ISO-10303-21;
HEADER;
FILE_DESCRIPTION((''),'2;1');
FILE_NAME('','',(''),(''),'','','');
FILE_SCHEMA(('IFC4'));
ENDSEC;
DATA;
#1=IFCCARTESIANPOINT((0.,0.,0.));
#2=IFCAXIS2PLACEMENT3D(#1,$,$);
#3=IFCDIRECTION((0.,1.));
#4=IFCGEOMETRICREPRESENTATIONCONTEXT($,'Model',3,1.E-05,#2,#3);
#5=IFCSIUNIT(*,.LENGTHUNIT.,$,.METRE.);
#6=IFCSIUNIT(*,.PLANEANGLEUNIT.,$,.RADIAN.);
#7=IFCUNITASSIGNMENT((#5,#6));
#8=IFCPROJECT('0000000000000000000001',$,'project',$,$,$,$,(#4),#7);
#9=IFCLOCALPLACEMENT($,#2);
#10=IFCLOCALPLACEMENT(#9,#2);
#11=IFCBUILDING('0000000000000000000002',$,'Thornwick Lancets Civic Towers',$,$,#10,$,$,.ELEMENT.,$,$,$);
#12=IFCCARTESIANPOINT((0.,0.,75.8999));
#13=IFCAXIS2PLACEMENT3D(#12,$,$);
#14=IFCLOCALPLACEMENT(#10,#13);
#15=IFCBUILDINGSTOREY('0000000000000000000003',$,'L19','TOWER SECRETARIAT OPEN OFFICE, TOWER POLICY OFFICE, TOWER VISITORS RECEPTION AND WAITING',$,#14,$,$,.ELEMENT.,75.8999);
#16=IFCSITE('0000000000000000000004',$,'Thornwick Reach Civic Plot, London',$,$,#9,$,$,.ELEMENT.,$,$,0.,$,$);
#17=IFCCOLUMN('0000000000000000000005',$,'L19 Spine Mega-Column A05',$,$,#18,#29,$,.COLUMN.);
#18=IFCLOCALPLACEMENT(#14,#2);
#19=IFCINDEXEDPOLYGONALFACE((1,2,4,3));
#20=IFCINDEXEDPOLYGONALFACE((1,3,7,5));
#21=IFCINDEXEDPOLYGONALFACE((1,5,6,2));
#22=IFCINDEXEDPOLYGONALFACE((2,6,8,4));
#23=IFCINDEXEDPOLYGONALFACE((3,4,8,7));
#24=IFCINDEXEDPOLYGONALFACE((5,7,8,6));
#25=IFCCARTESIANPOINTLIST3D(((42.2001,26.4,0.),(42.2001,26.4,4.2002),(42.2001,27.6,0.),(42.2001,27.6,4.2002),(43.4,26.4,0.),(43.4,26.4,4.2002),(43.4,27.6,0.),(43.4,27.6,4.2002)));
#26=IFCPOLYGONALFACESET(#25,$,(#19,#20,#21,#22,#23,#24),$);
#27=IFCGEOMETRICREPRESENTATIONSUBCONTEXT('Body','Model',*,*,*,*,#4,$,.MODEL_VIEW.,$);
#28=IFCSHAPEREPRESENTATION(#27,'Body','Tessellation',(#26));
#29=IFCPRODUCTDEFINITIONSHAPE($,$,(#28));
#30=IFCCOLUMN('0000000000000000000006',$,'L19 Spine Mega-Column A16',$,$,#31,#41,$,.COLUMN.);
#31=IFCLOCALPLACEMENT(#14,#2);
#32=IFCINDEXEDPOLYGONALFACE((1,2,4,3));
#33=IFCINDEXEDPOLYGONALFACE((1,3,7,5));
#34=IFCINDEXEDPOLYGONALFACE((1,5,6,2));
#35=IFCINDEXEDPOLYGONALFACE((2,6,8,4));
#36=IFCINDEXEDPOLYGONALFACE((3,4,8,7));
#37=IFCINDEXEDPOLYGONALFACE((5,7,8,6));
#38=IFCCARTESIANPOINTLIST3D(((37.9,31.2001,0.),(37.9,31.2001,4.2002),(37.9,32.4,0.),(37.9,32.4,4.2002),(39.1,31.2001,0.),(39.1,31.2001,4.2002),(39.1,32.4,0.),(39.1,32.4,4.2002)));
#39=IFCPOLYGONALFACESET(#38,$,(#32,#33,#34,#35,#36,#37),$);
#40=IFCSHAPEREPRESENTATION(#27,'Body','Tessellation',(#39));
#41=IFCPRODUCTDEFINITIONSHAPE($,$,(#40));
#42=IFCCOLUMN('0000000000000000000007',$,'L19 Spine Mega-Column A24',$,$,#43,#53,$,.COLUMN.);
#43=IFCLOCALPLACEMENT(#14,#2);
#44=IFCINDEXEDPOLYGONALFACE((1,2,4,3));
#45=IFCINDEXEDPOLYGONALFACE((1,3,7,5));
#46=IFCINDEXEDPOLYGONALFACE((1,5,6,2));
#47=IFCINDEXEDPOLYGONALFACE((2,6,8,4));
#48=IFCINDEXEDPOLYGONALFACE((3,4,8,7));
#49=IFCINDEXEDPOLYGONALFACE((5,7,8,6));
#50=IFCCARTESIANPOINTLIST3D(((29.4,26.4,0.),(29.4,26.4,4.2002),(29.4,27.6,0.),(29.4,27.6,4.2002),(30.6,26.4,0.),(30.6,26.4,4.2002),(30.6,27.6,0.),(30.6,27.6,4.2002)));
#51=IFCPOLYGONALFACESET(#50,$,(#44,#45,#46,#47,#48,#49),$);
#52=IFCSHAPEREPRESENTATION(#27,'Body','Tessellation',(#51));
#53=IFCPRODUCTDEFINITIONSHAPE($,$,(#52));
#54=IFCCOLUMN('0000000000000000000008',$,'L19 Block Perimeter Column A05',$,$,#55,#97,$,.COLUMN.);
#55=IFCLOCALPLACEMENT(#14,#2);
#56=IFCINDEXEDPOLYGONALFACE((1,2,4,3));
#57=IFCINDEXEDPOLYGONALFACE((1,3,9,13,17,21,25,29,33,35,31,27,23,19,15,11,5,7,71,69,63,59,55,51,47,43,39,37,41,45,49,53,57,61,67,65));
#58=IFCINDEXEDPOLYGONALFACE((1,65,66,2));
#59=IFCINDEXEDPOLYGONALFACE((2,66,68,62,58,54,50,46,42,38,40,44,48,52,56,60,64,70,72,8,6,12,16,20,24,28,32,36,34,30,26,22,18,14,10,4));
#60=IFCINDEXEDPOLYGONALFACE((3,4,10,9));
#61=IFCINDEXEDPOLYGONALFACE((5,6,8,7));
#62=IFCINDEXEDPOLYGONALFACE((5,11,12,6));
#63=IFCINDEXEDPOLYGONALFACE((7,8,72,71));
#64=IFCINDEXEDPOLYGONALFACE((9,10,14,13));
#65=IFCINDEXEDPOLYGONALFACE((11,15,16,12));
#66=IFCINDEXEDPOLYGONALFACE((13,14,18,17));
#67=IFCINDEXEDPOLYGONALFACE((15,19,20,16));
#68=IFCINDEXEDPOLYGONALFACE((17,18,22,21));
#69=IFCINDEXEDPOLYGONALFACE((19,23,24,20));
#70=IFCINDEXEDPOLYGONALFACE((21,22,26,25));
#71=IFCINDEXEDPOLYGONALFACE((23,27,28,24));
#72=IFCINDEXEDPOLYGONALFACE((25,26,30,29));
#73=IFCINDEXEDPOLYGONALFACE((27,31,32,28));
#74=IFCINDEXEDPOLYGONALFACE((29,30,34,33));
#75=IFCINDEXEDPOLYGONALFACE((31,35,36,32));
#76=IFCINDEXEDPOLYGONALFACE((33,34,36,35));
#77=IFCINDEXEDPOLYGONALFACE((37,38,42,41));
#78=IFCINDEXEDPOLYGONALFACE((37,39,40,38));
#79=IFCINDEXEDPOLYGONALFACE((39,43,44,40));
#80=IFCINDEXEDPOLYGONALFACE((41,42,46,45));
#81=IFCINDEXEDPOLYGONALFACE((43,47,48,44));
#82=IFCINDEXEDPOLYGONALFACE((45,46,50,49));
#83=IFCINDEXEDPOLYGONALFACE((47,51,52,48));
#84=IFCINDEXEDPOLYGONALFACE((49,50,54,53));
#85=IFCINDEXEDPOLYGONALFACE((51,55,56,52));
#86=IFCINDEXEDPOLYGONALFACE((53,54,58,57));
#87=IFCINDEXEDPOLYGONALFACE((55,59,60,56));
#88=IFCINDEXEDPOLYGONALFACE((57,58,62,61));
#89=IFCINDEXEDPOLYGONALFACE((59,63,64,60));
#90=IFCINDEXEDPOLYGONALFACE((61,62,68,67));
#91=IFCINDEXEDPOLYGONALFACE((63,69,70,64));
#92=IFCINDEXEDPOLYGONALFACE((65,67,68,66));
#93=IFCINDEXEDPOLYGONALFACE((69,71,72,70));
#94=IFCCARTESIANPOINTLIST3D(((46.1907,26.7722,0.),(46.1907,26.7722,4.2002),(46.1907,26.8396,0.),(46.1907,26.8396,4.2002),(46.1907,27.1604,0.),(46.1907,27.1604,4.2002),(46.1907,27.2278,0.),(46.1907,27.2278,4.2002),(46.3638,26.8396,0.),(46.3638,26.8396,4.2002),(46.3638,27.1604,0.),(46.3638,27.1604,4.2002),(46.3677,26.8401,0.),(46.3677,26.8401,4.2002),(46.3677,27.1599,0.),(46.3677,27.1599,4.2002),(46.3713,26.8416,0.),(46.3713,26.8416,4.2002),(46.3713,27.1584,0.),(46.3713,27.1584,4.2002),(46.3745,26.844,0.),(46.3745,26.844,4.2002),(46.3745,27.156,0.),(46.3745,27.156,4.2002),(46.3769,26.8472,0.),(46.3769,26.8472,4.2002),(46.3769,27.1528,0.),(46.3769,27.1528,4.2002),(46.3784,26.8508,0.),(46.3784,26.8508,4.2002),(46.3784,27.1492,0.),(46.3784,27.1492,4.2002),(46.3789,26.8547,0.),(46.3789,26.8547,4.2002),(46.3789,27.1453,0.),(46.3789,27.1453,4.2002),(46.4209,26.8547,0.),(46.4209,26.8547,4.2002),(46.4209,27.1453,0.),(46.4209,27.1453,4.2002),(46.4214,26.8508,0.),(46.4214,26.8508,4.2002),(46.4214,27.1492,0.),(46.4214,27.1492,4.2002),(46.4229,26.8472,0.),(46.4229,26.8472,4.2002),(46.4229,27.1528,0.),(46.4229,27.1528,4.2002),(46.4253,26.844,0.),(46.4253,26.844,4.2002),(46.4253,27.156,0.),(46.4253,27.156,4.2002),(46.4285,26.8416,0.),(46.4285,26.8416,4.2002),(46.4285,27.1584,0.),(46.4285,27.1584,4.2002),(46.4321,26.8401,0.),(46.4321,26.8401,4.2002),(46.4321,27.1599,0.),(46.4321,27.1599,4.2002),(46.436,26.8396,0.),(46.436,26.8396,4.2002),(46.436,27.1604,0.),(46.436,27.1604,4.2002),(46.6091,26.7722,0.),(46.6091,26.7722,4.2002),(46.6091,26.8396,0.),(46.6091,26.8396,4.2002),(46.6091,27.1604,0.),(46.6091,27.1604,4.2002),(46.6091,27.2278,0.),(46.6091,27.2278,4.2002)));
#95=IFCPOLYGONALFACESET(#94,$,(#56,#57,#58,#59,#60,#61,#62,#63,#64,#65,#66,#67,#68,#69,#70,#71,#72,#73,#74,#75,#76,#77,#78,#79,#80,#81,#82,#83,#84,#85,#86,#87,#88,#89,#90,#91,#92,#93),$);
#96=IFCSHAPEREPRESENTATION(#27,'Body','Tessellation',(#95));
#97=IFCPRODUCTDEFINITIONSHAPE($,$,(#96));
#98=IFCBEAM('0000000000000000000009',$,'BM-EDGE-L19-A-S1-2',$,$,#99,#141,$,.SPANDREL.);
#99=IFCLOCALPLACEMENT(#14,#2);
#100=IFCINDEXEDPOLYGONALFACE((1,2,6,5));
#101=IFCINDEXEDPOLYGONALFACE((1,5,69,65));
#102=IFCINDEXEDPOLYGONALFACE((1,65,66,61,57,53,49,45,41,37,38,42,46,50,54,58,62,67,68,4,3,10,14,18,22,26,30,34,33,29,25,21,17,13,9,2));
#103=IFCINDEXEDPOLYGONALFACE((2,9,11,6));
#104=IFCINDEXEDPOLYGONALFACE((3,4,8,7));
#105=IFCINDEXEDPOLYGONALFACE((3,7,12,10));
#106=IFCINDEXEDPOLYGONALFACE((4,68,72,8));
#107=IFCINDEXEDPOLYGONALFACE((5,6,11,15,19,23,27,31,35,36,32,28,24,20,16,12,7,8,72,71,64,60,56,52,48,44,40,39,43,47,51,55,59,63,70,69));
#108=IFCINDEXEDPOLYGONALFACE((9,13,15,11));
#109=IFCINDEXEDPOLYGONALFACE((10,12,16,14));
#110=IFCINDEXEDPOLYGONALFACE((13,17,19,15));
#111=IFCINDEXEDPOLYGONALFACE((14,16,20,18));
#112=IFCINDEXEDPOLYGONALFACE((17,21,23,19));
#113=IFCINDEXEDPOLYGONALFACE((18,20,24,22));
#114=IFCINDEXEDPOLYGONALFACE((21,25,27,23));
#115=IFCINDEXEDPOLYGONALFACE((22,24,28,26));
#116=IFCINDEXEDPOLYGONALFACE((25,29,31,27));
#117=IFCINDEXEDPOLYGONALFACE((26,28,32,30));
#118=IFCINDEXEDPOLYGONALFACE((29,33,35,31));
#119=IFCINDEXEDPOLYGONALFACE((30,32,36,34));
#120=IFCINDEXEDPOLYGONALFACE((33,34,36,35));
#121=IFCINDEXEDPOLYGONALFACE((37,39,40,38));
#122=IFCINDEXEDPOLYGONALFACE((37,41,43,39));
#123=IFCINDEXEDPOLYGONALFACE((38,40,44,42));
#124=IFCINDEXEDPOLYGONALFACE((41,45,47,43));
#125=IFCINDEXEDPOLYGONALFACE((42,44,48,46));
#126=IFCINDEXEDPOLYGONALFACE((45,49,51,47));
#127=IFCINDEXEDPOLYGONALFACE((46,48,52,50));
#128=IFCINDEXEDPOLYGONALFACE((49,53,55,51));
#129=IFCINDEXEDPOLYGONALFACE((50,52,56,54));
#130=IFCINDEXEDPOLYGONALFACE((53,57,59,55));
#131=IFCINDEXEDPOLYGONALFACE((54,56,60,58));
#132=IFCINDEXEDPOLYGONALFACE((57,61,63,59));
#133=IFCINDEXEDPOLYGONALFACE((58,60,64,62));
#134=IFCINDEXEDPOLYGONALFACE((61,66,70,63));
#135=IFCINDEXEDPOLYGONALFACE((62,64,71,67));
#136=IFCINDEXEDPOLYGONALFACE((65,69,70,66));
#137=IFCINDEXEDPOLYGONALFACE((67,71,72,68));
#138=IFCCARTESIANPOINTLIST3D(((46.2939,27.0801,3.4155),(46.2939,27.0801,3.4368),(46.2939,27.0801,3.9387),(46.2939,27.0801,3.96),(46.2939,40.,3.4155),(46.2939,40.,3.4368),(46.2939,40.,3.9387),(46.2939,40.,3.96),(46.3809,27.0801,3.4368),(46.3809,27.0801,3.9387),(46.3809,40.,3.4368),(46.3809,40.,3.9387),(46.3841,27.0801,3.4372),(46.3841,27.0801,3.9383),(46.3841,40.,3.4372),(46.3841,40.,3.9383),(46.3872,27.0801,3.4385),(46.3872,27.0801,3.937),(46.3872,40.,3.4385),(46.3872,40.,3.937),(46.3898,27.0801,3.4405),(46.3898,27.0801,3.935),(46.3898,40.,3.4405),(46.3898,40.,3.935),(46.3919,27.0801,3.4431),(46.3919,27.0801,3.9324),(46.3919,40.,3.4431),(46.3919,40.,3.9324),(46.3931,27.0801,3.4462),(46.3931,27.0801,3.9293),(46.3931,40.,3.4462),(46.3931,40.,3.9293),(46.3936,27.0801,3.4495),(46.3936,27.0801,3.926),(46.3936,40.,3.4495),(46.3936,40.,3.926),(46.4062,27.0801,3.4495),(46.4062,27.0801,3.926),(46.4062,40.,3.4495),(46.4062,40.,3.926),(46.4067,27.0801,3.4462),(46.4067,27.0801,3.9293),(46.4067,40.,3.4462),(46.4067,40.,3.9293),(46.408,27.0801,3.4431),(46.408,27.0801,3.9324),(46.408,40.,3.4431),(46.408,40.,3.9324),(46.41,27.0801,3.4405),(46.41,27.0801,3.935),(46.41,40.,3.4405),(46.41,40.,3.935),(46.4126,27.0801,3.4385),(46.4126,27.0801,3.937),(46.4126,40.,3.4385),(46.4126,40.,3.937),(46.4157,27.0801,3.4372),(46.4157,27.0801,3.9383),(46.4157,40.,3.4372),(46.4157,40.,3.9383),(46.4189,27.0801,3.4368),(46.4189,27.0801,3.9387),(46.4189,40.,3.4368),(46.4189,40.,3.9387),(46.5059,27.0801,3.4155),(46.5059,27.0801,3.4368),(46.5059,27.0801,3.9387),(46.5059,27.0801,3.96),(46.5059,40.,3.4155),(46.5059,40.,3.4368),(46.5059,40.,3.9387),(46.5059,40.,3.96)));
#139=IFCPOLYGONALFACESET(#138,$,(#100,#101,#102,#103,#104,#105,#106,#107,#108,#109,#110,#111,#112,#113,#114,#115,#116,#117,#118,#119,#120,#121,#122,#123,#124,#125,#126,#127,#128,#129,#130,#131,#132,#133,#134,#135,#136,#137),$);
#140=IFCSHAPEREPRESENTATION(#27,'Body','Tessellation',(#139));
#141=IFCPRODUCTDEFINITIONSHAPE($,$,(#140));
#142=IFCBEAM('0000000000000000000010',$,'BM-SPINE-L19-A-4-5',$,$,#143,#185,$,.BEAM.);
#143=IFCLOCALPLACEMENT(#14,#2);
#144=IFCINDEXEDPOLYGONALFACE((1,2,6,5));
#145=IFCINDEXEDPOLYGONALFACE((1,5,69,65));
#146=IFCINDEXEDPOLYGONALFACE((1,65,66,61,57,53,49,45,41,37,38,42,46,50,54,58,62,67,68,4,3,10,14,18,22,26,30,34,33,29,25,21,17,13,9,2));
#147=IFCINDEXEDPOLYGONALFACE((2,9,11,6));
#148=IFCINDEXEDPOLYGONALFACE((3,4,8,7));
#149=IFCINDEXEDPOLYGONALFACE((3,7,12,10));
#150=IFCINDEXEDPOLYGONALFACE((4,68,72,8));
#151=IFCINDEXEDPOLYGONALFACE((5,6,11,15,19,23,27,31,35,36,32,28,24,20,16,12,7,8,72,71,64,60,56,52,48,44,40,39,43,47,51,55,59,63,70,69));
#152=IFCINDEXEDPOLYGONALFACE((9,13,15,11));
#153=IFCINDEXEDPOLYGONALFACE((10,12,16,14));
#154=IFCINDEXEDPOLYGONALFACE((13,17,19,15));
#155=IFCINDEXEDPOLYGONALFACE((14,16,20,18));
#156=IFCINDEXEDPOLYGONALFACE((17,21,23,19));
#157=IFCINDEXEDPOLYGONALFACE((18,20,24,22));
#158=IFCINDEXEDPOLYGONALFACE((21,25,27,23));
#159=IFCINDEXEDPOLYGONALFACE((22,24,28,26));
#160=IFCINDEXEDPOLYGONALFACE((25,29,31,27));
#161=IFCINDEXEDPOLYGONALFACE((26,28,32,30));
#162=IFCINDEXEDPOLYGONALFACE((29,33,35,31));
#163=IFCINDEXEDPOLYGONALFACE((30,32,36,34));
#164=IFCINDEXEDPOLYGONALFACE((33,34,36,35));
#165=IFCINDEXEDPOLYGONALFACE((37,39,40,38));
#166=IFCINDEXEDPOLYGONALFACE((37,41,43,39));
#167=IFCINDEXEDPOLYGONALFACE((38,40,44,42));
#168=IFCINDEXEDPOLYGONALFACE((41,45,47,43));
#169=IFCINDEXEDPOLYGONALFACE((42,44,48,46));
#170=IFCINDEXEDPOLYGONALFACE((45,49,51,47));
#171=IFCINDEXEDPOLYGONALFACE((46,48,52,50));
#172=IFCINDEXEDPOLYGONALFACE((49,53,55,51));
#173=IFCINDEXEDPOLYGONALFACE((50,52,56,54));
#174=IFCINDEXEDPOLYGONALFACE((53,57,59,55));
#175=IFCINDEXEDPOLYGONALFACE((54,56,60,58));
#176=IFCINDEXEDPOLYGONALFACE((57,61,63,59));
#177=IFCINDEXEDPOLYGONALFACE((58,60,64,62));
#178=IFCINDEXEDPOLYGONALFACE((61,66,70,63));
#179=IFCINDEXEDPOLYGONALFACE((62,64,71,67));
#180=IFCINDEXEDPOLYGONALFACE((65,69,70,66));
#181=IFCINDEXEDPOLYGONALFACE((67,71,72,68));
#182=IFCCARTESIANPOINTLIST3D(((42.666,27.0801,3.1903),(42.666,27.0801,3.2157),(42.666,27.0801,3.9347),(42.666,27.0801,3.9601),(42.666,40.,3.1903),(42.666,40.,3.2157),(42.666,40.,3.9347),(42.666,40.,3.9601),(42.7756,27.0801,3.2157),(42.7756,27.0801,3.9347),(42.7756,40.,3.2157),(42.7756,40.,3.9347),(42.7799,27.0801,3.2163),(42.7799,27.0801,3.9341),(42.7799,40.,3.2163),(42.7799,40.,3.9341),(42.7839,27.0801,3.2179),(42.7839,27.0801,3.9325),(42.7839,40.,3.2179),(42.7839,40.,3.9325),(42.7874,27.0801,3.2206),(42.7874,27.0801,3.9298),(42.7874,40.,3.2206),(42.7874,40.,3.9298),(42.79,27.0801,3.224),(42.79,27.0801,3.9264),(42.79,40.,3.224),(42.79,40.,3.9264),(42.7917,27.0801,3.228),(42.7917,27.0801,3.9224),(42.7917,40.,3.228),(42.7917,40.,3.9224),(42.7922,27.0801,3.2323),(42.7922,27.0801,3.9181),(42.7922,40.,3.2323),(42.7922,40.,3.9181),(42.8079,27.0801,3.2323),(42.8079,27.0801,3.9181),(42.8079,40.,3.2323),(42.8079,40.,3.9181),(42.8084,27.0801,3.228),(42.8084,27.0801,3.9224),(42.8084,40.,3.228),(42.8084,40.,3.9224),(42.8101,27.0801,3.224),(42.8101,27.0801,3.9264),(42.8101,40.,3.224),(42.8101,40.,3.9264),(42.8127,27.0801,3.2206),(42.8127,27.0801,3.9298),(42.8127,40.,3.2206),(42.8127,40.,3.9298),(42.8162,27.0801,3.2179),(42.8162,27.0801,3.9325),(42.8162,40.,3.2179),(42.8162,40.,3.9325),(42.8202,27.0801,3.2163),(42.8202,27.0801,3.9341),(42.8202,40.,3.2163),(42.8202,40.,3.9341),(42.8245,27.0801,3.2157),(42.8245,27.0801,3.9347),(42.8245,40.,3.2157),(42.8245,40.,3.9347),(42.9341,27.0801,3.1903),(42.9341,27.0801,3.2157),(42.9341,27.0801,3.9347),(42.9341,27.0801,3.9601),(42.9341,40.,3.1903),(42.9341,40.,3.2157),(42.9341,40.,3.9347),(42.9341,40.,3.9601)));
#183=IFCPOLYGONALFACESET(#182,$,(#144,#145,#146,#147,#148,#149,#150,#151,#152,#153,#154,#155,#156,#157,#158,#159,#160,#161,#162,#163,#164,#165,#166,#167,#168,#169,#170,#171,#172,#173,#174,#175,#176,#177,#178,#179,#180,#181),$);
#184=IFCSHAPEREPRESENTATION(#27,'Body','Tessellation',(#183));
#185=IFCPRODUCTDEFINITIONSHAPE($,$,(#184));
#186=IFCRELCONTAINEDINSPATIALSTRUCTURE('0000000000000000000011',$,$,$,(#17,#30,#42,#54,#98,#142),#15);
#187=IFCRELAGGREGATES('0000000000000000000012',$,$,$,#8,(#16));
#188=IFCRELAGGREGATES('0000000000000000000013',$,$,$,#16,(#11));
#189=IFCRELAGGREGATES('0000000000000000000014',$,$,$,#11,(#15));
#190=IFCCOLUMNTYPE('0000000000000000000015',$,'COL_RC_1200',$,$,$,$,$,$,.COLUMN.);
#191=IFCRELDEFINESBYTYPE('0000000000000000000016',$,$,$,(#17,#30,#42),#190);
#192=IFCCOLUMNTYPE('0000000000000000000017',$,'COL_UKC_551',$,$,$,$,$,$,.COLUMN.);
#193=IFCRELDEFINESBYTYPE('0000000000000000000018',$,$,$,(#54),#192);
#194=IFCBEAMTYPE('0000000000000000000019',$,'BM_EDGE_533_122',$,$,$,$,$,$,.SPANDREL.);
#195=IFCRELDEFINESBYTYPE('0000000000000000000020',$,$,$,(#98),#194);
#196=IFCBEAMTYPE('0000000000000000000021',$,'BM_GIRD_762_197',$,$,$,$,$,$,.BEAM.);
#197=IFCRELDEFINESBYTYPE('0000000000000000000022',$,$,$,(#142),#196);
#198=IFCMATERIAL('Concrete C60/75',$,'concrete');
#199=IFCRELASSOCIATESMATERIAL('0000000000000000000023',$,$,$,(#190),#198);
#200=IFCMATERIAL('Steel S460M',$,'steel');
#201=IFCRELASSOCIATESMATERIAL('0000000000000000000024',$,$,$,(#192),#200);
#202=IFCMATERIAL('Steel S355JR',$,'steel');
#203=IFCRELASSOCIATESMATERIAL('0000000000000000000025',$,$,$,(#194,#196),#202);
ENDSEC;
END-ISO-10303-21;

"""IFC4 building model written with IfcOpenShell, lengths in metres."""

from ifc_helpers import new_model, si_unit, direction, frame, origin, origin_2d, place, context, subcontext, project, spatial, rectangle, i_section, extrude, material, material_profile, profile_set, type_object, element, save


model = new_model("IFC4")

# Units and contexts
model_context = context("Model", 3, precision=1e-05, world=origin(), true_north=direction((0.0, 1.0)))
body_context = subcontext(model_context, "Body", "Model", "MODEL_VIEW")
ifc_project = project(units=[si_unit("LENGTHUNIT", "METRE"), si_unit("PLANEANGLEUNIT", "RADIAN")], contexts=[model_context])

# Site, building, storey
site_placement = place(None, origin())
site = spatial("IfcSite", under=ifc_project, at=site_placement, Name="Thornwick Reach Civic Plot, London", CompositionType="ELEMENT", RefElevation=0.0)
building_placement = place(site_placement, origin())
building = spatial("IfcBuilding", under=site, at=building_placement, Name="Thornwick Lancets Civic Towers", CompositionType="ELEMENT")
storey_placement = place(building_placement, frame((0.0, 0.0, 75.8999)))
storey = spatial("IfcBuildingStorey", under=building, at=storey_placement, Name="L19", Description="TOWER SECRETARIAT OPEN OFFICE, TOWER POLICY OFFICE, TOWER VISITORS RECEPTION AND WAITING", CompositionType="ELEMENT", Elevation=75.8999)

# Columns
ifc_material_1 = material(Name="Concrete C60/75", Category="concrete")
ifc_material_profile_1 = material_profile(ifc_material_1, rectangle(XDim=1.2, YDim=1.2, at=origin_2d()), Name="RC 1200x1200")
ifc_profile_set_1 = profile_set([ifc_material_profile_1], Name="Concrete C60/75")
column_type_1 = type_object("IfcColumnType", Name="COL_RC_1200", PredefinedType="COLUMN", material=ifc_profile_set_1)
for number, where, z_axis, x_axis, name in (
    (1, (42.8, 27.0, 0.0), (0.0, 0.0, 1.0), (1.0, 0.0, 0.0), "L19 Spine Mega-Column A05"),
    (2, (38.5, 31.8, 0.0), (0.0, 0.0, 1.0), (1.0, 0.0, 0.0), "L19 Spine Mega-Column A16"),
    (3, (30.0, 27.0, 0.0), (0.0, 0.0, 1.0), (1.0, 0.0, 0.0), "L19 Spine Mega-Column A24"),
):
    element("IfcColumn", number, at=place(storey_placement, frame(where, z_axis=z_axis, x_axis=x_axis)), inside=storey, type_object=column_type_1, Name=name, PredefinedType="COLUMN", context=body_context, shape_type="SweptSolid", body=[
        extrude(rectangle(XDim=1.2, YDim=1.2, at=origin_2d()), origin(), (0.0, 0.0, 1.0), 4.2002),
    ])
ifc_material_2 = material(Name="Steel S460M", Category="steel")
ifc_material_profile_2 = material_profile(ifc_material_2, i_section(OverallWidth=0.4185, OverallDepth=0.4556, WebThickness=0.042, FlangeThickness=0.0674, FilletRadius=0.0151, at=origin_2d()), Name="UKC 356x406x551")
ifc_profile_set_2 = profile_set([ifc_material_profile_2], Name="Steel S460M")
column_type_2 = type_object("IfcColumnType", Name="COL_UKC_551", PredefinedType="COLUMN", material=ifc_profile_set_2)
column_placement = place(storey_placement, frame((46.3999, 27.0, 0.0), z_axis=(0.0, 0.0, 1.0), x_axis=(1.0, 0.0, 0.0)))
element("IfcColumn", 4, at=column_placement, inside=storey, type_object=column_type_2, Name="L19 Block Perimeter Column A05", PredefinedType="COLUMN", context=body_context, shape_type="SweptSolid", body=[
    extrude(i_section(OverallWidth=0.4185, OverallDepth=0.4556, WebThickness=0.042, FlangeThickness=0.0674, FilletRadius=0.0151, at=origin_2d()), origin(), (0.0, 0.0, 1.0), 4.2002),
])

# Beams
ifc_material_3 = material(Name="Steel S355JR", Category="steel")
ifc_material_profile_3 = material_profile(ifc_material_3, i_section(OverallWidth=0.2119, OverallDepth=0.5444, WebThickness=0.0127, FlangeThickness=0.0212, FilletRadius=0.0127, at=origin_2d()), Name="UKB 533x210x122")
ifc_profile_set_3 = profile_set([ifc_material_profile_3], Name="Steel S355JR")
beam_type_1 = type_object("IfcBeamType", Name="BM_EDGE_533_122", PredefinedType="SPANDREL", material=ifc_profile_set_3)
beam_1_placement = place(storey_placement, frame((46.3999, 27.0801, 3.6877), z_axis=(0.0, 1.0, 0.0), x_axis=(-1.0, 0.0, 0.0)))
element("IfcBeam", 5, at=beam_1_placement, inside=storey, type_object=beam_type_1, Name="BM-EDGE-L19-A-S1-2", PredefinedType="SPANDREL", context=body_context, shape_type="SweptSolid", body=[
    extrude(i_section(OverallWidth=0.2119, OverallDepth=0.5444, WebThickness=0.0127, FlangeThickness=0.0212, FilletRadius=0.0127, at=origin_2d()), origin(), (0.0, 0.0, 1.0), 12.9199),
])
ifc_material_profile_4 = material_profile(ifc_material_3, i_section(OverallWidth=0.2681, OverallDepth=0.7698, WebThickness=0.0156, FlangeThickness=0.0254, FilletRadius=0.0166, at=origin_2d()), Name="UKB 762x267x197")
ifc_profile_set_4 = profile_set([ifc_material_profile_4], Name="Steel S355JR")
beam_type_2 = type_object("IfcBeamType", Name="BM_GIRD_762_197", PredefinedType="BEAM", material=ifc_profile_set_4)
beam_2_placement = place(storey_placement, frame((42.8, 27.0801, 3.5752), z_axis=(0.0, 1.0, 0.0), x_axis=(-1.0, 0.0, 0.0)))
element("IfcBeam", 6, at=beam_2_placement, inside=storey, type_object=beam_type_2, Name="BM-SPINE-L19-A-4-5", PredefinedType="BEAM", context=body_context, shape_type="SweptSolid", body=[
    extrude(i_section(OverallWidth=0.2681, OverallDepth=0.7698, WebThickness=0.0156, FlangeThickness=0.0254, FilletRadius=0.0166, at=origin_2d()), origin(), (0.0, 0.0, 1.0), 12.9199),
])

save(model, "model.ifc")
